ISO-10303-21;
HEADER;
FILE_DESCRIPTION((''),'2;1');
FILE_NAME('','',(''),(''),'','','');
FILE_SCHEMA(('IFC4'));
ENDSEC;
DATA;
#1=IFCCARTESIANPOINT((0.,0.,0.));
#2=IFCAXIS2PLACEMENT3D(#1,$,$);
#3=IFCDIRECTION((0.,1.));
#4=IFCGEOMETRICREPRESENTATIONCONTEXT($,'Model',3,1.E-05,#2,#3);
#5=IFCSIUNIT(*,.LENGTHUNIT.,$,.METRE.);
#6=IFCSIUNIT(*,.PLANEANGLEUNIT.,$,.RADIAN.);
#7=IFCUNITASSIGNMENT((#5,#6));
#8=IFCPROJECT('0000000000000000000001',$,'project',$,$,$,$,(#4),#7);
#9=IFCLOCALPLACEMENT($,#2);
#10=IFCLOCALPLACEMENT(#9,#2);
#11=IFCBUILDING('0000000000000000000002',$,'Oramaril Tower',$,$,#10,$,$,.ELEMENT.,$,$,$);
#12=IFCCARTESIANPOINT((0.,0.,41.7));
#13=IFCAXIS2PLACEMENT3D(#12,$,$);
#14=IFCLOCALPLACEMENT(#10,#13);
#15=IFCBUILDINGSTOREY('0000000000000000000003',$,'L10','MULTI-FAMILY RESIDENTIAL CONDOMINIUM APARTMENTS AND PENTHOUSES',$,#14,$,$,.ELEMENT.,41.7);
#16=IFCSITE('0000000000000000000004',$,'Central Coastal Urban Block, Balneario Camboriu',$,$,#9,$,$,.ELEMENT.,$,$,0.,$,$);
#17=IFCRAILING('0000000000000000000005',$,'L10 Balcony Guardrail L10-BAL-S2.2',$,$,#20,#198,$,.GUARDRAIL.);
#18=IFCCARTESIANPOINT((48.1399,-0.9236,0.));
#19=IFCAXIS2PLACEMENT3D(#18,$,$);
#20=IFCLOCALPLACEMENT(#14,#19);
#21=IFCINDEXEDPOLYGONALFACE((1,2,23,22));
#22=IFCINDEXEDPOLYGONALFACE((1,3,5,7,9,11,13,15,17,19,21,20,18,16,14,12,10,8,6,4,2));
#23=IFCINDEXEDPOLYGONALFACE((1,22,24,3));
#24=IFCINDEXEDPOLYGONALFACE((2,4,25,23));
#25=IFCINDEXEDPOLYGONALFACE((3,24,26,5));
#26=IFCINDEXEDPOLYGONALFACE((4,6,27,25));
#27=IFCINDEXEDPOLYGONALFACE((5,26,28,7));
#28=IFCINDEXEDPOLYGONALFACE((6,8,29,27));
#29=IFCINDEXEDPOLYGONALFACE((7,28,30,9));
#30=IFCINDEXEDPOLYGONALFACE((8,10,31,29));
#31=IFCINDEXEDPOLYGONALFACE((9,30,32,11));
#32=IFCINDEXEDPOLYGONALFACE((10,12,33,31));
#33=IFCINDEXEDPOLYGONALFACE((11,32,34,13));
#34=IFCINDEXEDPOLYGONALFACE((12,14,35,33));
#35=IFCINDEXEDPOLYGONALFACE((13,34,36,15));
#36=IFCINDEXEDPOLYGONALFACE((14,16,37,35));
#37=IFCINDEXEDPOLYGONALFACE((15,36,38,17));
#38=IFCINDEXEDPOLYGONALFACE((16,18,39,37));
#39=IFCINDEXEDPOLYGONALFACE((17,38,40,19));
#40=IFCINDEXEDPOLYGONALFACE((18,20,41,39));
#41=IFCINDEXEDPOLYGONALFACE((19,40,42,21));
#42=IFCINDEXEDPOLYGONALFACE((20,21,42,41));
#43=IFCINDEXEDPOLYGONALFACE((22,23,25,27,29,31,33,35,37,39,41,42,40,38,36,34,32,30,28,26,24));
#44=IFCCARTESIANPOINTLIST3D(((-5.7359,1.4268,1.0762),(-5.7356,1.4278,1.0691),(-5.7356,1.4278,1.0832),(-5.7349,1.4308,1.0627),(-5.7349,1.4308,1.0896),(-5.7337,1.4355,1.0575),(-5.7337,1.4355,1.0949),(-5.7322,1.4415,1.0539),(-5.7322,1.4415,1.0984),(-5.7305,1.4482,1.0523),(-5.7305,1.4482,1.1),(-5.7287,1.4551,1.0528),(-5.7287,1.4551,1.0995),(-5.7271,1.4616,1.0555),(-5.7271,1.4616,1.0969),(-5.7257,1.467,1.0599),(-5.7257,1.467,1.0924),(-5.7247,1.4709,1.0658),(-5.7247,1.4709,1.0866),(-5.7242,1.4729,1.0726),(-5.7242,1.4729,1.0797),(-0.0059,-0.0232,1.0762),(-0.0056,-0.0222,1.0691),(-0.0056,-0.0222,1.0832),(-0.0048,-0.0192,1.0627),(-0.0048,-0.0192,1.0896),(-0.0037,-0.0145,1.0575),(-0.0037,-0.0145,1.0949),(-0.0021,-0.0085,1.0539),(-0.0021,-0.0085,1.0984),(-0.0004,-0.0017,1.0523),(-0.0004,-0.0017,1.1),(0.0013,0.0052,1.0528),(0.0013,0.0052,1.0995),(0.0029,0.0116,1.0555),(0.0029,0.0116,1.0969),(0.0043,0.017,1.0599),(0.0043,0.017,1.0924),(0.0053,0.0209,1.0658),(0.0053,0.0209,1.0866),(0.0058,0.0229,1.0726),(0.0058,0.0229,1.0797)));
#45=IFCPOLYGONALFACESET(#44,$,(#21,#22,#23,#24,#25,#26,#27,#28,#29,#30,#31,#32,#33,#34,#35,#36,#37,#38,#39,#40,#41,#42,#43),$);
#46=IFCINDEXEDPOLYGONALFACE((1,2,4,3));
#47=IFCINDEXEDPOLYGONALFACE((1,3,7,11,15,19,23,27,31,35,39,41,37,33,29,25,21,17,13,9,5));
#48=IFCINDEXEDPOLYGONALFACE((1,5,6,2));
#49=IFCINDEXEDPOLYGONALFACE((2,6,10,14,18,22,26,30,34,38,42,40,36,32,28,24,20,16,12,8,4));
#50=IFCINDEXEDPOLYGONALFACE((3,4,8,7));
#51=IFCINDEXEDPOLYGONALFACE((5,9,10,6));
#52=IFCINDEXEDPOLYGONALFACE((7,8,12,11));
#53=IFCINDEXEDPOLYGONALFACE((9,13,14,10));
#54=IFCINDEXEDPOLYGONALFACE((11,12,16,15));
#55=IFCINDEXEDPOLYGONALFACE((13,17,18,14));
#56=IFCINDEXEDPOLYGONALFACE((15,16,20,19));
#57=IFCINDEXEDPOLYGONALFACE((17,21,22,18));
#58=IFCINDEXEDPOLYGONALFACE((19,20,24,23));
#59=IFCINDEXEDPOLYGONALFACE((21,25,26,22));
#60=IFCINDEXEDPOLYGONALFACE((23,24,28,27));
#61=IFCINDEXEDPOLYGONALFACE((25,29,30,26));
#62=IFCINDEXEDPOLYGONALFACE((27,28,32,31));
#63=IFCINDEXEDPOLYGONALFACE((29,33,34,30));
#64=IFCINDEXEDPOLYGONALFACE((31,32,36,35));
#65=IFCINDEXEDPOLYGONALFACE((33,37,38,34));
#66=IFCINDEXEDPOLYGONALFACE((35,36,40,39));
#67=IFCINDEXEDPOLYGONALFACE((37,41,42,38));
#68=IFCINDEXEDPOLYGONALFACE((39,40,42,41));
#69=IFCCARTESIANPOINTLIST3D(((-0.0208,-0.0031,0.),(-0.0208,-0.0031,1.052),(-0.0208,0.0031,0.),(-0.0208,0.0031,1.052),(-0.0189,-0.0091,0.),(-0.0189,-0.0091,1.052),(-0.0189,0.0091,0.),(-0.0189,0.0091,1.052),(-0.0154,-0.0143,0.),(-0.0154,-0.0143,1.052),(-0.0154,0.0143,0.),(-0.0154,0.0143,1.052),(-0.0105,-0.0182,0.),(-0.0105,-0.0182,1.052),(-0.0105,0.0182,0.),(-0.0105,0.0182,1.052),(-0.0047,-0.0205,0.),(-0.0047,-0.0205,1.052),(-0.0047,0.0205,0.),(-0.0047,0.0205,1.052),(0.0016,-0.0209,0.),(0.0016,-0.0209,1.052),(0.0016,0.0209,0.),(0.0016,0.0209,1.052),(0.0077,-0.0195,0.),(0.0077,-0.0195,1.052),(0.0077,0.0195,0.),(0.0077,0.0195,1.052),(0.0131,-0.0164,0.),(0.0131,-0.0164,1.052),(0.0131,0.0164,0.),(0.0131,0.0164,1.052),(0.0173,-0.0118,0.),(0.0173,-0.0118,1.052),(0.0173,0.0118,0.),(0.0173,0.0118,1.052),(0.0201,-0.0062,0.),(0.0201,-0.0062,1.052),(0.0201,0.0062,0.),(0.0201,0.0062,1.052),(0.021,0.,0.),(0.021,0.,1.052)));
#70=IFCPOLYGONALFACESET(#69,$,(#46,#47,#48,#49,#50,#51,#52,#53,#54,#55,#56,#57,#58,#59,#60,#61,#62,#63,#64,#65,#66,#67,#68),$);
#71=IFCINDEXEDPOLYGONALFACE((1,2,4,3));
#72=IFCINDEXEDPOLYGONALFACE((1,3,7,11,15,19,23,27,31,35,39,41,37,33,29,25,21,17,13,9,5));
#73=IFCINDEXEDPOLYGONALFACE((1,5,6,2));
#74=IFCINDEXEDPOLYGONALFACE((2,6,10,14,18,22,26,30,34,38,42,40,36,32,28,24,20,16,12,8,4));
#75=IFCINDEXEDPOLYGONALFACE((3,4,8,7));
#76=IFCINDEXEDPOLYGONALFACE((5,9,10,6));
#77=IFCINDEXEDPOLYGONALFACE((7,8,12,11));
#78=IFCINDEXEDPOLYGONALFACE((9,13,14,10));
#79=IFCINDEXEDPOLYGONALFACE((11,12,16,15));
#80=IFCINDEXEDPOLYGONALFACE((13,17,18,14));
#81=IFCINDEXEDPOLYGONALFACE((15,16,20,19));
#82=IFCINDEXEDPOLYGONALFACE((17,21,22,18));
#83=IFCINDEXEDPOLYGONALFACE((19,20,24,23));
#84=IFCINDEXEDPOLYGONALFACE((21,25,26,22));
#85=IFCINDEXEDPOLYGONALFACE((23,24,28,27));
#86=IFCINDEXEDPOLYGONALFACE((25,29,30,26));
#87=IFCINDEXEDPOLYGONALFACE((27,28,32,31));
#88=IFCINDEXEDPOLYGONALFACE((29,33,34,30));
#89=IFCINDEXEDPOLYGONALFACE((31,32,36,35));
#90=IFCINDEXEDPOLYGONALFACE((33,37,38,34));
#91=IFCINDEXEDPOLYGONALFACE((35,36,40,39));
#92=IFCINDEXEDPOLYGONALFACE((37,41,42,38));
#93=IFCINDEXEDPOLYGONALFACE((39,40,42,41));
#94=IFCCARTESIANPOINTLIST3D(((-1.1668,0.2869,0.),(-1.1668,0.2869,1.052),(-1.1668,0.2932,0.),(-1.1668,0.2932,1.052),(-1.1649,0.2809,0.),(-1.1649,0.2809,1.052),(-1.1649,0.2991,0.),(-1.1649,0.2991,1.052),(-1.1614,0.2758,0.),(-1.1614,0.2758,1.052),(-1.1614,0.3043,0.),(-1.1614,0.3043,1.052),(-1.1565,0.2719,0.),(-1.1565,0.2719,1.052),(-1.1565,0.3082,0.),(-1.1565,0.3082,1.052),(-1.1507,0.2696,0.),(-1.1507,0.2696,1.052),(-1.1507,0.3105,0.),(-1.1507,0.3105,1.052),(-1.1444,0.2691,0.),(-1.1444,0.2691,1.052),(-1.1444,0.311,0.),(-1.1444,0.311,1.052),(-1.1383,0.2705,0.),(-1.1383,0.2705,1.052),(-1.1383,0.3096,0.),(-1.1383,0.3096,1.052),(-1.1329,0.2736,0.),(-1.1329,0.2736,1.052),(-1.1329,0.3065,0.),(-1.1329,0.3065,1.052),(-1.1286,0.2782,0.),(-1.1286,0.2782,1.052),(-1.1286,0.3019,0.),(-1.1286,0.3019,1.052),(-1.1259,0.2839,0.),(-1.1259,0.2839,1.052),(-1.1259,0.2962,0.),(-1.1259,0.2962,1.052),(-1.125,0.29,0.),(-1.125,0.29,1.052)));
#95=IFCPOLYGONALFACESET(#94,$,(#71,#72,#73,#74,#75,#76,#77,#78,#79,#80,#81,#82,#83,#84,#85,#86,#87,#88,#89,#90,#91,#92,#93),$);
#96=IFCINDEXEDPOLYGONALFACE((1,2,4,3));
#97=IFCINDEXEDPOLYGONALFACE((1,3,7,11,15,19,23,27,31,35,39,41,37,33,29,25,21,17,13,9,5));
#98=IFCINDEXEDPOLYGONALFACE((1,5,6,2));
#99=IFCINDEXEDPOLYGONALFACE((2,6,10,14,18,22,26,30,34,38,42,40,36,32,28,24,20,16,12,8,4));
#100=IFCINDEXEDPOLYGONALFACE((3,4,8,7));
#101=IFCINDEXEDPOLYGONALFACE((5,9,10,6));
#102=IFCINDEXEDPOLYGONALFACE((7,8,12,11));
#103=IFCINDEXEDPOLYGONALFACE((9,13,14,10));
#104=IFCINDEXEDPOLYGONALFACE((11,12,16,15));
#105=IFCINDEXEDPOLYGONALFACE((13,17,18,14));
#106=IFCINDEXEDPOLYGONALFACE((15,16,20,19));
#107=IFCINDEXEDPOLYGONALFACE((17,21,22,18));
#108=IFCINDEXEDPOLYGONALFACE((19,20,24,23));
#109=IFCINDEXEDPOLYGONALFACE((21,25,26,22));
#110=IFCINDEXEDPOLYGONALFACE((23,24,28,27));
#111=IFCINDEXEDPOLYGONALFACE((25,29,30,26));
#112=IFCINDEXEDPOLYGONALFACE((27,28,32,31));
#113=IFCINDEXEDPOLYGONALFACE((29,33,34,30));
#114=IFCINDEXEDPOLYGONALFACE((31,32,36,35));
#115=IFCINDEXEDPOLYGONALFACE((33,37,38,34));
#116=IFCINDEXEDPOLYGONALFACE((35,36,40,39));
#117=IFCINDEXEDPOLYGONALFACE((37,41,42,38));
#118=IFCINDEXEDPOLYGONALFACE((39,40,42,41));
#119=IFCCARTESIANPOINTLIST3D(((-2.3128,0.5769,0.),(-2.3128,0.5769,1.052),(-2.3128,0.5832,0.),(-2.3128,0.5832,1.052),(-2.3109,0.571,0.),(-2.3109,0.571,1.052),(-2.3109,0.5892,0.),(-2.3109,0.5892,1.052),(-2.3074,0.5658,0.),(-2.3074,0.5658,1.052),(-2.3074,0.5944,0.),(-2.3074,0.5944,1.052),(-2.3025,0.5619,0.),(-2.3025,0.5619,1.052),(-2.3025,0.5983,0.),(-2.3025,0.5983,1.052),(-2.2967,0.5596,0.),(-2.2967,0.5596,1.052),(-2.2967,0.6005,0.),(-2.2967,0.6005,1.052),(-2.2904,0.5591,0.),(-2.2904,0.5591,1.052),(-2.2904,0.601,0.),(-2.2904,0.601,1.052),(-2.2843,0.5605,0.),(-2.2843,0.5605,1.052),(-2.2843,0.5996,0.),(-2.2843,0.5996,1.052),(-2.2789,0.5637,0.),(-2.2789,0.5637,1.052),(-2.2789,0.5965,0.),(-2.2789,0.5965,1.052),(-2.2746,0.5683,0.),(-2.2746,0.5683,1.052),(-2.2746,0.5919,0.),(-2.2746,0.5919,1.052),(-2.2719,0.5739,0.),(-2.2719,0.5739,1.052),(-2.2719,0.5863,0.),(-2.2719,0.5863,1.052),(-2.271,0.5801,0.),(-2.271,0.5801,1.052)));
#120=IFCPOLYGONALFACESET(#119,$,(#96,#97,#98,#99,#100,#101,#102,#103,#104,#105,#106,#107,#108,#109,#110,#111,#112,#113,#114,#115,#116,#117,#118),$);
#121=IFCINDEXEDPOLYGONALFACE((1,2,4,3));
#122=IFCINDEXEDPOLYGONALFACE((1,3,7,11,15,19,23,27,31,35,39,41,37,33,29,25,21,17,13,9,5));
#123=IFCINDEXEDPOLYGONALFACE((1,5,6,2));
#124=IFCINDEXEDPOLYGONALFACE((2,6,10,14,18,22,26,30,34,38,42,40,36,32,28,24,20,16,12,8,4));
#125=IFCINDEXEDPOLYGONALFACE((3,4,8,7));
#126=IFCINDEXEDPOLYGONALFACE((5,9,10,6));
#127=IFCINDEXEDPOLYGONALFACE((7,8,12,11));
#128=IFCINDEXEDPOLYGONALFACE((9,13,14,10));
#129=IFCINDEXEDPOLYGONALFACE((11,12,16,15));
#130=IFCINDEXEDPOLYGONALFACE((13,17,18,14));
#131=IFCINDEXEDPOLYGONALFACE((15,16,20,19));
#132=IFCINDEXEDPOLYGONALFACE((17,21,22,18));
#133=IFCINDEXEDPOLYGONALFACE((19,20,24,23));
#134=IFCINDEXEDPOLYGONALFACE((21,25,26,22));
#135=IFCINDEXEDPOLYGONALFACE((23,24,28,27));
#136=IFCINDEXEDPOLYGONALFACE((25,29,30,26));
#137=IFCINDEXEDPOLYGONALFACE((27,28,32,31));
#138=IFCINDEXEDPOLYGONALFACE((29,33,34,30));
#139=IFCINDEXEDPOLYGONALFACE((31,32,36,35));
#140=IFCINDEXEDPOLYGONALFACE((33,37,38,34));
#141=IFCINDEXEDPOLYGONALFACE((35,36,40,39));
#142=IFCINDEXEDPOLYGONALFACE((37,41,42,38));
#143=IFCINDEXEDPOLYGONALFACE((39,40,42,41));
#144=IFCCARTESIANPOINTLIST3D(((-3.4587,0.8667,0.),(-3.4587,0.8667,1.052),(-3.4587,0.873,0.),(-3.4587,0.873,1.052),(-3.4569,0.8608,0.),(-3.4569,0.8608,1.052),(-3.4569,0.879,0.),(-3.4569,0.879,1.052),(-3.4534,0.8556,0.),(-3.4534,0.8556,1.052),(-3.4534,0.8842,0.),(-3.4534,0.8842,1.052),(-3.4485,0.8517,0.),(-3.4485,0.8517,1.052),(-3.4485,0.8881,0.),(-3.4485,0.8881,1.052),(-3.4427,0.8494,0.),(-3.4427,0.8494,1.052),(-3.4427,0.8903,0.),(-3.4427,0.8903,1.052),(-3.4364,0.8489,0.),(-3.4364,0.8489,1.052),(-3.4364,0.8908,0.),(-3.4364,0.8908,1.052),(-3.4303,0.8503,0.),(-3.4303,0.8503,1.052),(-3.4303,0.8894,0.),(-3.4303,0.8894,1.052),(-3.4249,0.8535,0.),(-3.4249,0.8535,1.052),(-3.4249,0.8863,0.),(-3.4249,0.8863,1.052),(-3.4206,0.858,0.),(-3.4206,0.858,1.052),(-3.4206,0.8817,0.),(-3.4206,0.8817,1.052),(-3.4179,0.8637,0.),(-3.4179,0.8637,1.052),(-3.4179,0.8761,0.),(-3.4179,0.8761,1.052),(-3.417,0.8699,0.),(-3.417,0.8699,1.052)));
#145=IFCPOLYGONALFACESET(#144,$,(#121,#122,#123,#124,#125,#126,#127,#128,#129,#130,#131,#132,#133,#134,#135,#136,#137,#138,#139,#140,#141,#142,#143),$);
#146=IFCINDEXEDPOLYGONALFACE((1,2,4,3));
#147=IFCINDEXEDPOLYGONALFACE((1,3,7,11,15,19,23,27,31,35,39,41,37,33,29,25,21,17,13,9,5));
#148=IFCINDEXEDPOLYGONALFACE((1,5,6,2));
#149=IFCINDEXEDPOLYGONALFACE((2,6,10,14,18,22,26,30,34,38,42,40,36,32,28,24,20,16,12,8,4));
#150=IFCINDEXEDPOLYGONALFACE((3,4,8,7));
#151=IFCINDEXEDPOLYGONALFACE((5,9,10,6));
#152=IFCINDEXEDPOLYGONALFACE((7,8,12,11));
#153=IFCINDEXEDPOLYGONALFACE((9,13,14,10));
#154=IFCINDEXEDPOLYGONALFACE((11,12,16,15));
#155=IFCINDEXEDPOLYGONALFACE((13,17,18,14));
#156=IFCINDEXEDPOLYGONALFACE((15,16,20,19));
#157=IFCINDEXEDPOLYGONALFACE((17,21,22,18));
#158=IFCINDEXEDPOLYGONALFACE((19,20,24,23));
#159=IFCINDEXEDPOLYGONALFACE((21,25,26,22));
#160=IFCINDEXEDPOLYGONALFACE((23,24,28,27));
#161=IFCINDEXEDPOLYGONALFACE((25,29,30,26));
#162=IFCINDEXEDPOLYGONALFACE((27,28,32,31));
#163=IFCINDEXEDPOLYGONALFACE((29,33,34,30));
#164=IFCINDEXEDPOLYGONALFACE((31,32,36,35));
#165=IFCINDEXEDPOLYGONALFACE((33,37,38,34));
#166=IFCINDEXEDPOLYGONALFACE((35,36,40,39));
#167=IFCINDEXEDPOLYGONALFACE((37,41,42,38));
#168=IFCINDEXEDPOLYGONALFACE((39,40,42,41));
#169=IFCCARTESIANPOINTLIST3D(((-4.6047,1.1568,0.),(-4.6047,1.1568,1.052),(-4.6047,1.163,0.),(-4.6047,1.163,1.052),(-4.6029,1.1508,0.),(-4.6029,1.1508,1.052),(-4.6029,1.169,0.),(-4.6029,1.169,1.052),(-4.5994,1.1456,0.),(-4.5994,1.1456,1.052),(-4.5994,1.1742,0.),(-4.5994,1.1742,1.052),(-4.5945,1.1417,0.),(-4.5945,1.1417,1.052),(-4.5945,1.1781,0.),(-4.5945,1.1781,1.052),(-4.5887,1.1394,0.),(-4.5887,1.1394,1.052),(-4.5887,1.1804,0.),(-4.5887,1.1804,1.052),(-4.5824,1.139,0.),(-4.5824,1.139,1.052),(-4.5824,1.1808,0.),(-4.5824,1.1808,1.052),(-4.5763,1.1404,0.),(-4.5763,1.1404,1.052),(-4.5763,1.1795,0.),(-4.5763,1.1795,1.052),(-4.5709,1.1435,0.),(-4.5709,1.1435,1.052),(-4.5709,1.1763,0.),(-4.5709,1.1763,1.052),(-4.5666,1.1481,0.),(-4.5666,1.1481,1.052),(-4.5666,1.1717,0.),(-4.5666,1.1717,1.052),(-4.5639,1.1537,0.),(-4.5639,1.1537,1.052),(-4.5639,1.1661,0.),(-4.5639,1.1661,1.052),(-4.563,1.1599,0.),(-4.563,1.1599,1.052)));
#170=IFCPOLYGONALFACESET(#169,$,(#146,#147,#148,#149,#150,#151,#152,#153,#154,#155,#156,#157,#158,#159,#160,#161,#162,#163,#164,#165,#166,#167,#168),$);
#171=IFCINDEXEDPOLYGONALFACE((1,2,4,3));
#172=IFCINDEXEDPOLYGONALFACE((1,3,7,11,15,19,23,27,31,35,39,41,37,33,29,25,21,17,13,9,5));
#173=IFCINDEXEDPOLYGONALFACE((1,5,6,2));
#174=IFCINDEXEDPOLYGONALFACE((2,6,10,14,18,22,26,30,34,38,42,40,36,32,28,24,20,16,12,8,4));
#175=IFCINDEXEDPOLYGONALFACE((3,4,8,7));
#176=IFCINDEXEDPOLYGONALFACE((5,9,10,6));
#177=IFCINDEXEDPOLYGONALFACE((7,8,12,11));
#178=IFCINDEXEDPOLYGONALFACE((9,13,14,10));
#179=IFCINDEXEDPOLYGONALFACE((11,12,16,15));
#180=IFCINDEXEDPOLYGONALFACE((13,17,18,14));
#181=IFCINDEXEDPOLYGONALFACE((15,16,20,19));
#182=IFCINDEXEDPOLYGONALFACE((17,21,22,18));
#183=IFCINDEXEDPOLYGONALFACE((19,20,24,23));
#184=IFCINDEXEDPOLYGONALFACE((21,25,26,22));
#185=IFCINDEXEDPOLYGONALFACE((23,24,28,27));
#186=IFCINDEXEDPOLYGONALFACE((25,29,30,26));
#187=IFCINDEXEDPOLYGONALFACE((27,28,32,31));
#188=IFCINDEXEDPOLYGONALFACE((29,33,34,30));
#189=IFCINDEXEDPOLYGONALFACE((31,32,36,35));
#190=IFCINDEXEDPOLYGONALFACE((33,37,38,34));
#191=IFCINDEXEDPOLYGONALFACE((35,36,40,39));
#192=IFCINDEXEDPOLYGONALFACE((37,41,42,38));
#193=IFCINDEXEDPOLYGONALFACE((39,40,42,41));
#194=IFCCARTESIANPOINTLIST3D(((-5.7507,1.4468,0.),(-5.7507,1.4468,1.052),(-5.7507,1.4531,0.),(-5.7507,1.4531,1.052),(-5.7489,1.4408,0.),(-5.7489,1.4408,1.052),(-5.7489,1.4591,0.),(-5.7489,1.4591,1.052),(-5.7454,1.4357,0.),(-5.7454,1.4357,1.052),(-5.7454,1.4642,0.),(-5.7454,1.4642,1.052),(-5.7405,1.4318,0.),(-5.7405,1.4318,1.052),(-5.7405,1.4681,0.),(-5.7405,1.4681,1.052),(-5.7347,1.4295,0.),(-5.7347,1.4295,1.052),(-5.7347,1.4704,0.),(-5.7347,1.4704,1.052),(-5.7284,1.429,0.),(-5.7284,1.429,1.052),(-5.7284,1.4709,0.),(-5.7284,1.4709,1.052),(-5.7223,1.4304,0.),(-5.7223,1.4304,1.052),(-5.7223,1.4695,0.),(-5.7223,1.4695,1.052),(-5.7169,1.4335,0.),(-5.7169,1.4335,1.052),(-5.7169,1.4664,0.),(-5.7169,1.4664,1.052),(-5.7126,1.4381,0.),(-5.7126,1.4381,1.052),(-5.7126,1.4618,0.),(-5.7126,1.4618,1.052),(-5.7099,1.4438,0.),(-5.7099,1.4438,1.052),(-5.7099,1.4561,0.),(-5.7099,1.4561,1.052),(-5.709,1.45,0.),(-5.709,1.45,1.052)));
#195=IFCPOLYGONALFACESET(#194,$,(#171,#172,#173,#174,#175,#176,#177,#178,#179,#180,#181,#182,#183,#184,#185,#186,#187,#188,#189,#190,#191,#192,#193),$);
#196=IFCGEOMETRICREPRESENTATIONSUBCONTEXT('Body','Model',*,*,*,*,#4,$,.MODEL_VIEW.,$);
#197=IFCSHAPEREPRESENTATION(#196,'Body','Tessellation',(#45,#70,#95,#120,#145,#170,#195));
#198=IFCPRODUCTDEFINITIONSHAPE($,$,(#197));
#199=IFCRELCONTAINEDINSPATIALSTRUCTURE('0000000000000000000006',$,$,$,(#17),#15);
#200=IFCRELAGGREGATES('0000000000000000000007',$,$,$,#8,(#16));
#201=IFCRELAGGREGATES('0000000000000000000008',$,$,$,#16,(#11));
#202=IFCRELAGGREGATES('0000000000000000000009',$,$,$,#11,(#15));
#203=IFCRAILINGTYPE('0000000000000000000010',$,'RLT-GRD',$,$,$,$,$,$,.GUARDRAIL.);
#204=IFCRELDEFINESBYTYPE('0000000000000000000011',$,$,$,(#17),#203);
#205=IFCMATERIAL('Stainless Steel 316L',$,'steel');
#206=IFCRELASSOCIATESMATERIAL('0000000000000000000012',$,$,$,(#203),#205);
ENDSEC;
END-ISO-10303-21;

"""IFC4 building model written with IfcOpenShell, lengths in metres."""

from ifc_helpers import new_model, si_unit, direction, frame, origin, origin_2d, place, context, subcontext, project, spatial, circle, extrude, material, type_object, element, save


model = new_model("IFC4")

# Units and contexts
model_context = context("Model", 3, precision=1e-05, world=origin(), true_north=direction((0.0, 1.0)))
body_context = subcontext(model_context, "Body", "Model", "MODEL_VIEW")
ifc_project = project(units=[si_unit("LENGTHUNIT", "METRE"), si_unit("PLANEANGLEUNIT", "RADIAN")], contexts=[model_context])

# Site, building, storey
site_placement = place(None, origin())
site = spatial("IfcSite", under=ifc_project, at=site_placement, Name="Central Coastal Urban Block, Balneario Camboriu", CompositionType="ELEMENT", RefElevation=0.0)
building_placement = place(site_placement, origin())
building = spatial("IfcBuilding", under=site, at=building_placement, Name="Oramaril Tower", CompositionType="ELEMENT")
storey_placement = place(building_placement, frame((0.0, 0.0, 41.7)))
storey = spatial("IfcBuildingStorey", under=building, at=storey_placement, Name="L10", Description="MULTI-FAMILY RESIDENTIAL CONDOMINIUM APARTMENTS AND PENTHOUSES", CompositionType="ELEMENT", Elevation=41.7)

# Railing
ifc_material_1 = material(Name="Stainless Steel 316L", Category="steel")
railing_type = type_object("IfcRailingType", Name="RLT-GRD", PredefinedType="GUARDRAIL", material=ifc_material_1)
railing_1_placement = place(storey_placement, frame((48.1399, -0.9236, 0.0)))
element("IfcRailing", 1, at=railing_1_placement, inside=storey, type_object=railing_type, Name="L10 Balcony Guardrail L10-BAL-S2.2", PredefinedType="GUARDRAIL", context=body_context, shape_type="SweptSolid", body=[
    extrude(circle(Radius=0.0239, at=origin_2d()), frame((0.0, 0.0, 1.0762), z_axis=(-0.969444, 0.245314, 0.0), x_axis=(-0.245314, -0.969444, 0.0)), (0.0, 0.0, 1.0), 5.9106),
    extrude(circle(Radius=0.021, at=origin_2d()), origin(), (0.0, 0.0, 1.0), 1.052),
    extrude(circle(Radius=0.021, at=origin_2d()), frame((-1.146, 0.29, 0.0)), (0.0, 0.0, 1.0), 1.052),
    extrude(circle(Radius=0.021, at=origin_2d()), frame((-2.292, 0.5801, 0.0)), (0.0, 0.0, 1.0), 1.052),
    extrude(circle(Radius=0.021, at=origin_2d()), frame((-3.438, 0.8699, 0.0)), (0.0, 0.0, 1.0), 1.052),
    extrude(circle(Radius=0.021, at=origin_2d()), frame((-4.584, 1.1599, 0.0)), (0.0, 0.0, 1.0), 1.052),
    extrude(circle(Radius=0.021, at=origin_2d()), frame((-5.73, 1.45, 0.0)), (0.0, 0.0, 1.0), 1.052),
])

save(model, "model.ifc")
